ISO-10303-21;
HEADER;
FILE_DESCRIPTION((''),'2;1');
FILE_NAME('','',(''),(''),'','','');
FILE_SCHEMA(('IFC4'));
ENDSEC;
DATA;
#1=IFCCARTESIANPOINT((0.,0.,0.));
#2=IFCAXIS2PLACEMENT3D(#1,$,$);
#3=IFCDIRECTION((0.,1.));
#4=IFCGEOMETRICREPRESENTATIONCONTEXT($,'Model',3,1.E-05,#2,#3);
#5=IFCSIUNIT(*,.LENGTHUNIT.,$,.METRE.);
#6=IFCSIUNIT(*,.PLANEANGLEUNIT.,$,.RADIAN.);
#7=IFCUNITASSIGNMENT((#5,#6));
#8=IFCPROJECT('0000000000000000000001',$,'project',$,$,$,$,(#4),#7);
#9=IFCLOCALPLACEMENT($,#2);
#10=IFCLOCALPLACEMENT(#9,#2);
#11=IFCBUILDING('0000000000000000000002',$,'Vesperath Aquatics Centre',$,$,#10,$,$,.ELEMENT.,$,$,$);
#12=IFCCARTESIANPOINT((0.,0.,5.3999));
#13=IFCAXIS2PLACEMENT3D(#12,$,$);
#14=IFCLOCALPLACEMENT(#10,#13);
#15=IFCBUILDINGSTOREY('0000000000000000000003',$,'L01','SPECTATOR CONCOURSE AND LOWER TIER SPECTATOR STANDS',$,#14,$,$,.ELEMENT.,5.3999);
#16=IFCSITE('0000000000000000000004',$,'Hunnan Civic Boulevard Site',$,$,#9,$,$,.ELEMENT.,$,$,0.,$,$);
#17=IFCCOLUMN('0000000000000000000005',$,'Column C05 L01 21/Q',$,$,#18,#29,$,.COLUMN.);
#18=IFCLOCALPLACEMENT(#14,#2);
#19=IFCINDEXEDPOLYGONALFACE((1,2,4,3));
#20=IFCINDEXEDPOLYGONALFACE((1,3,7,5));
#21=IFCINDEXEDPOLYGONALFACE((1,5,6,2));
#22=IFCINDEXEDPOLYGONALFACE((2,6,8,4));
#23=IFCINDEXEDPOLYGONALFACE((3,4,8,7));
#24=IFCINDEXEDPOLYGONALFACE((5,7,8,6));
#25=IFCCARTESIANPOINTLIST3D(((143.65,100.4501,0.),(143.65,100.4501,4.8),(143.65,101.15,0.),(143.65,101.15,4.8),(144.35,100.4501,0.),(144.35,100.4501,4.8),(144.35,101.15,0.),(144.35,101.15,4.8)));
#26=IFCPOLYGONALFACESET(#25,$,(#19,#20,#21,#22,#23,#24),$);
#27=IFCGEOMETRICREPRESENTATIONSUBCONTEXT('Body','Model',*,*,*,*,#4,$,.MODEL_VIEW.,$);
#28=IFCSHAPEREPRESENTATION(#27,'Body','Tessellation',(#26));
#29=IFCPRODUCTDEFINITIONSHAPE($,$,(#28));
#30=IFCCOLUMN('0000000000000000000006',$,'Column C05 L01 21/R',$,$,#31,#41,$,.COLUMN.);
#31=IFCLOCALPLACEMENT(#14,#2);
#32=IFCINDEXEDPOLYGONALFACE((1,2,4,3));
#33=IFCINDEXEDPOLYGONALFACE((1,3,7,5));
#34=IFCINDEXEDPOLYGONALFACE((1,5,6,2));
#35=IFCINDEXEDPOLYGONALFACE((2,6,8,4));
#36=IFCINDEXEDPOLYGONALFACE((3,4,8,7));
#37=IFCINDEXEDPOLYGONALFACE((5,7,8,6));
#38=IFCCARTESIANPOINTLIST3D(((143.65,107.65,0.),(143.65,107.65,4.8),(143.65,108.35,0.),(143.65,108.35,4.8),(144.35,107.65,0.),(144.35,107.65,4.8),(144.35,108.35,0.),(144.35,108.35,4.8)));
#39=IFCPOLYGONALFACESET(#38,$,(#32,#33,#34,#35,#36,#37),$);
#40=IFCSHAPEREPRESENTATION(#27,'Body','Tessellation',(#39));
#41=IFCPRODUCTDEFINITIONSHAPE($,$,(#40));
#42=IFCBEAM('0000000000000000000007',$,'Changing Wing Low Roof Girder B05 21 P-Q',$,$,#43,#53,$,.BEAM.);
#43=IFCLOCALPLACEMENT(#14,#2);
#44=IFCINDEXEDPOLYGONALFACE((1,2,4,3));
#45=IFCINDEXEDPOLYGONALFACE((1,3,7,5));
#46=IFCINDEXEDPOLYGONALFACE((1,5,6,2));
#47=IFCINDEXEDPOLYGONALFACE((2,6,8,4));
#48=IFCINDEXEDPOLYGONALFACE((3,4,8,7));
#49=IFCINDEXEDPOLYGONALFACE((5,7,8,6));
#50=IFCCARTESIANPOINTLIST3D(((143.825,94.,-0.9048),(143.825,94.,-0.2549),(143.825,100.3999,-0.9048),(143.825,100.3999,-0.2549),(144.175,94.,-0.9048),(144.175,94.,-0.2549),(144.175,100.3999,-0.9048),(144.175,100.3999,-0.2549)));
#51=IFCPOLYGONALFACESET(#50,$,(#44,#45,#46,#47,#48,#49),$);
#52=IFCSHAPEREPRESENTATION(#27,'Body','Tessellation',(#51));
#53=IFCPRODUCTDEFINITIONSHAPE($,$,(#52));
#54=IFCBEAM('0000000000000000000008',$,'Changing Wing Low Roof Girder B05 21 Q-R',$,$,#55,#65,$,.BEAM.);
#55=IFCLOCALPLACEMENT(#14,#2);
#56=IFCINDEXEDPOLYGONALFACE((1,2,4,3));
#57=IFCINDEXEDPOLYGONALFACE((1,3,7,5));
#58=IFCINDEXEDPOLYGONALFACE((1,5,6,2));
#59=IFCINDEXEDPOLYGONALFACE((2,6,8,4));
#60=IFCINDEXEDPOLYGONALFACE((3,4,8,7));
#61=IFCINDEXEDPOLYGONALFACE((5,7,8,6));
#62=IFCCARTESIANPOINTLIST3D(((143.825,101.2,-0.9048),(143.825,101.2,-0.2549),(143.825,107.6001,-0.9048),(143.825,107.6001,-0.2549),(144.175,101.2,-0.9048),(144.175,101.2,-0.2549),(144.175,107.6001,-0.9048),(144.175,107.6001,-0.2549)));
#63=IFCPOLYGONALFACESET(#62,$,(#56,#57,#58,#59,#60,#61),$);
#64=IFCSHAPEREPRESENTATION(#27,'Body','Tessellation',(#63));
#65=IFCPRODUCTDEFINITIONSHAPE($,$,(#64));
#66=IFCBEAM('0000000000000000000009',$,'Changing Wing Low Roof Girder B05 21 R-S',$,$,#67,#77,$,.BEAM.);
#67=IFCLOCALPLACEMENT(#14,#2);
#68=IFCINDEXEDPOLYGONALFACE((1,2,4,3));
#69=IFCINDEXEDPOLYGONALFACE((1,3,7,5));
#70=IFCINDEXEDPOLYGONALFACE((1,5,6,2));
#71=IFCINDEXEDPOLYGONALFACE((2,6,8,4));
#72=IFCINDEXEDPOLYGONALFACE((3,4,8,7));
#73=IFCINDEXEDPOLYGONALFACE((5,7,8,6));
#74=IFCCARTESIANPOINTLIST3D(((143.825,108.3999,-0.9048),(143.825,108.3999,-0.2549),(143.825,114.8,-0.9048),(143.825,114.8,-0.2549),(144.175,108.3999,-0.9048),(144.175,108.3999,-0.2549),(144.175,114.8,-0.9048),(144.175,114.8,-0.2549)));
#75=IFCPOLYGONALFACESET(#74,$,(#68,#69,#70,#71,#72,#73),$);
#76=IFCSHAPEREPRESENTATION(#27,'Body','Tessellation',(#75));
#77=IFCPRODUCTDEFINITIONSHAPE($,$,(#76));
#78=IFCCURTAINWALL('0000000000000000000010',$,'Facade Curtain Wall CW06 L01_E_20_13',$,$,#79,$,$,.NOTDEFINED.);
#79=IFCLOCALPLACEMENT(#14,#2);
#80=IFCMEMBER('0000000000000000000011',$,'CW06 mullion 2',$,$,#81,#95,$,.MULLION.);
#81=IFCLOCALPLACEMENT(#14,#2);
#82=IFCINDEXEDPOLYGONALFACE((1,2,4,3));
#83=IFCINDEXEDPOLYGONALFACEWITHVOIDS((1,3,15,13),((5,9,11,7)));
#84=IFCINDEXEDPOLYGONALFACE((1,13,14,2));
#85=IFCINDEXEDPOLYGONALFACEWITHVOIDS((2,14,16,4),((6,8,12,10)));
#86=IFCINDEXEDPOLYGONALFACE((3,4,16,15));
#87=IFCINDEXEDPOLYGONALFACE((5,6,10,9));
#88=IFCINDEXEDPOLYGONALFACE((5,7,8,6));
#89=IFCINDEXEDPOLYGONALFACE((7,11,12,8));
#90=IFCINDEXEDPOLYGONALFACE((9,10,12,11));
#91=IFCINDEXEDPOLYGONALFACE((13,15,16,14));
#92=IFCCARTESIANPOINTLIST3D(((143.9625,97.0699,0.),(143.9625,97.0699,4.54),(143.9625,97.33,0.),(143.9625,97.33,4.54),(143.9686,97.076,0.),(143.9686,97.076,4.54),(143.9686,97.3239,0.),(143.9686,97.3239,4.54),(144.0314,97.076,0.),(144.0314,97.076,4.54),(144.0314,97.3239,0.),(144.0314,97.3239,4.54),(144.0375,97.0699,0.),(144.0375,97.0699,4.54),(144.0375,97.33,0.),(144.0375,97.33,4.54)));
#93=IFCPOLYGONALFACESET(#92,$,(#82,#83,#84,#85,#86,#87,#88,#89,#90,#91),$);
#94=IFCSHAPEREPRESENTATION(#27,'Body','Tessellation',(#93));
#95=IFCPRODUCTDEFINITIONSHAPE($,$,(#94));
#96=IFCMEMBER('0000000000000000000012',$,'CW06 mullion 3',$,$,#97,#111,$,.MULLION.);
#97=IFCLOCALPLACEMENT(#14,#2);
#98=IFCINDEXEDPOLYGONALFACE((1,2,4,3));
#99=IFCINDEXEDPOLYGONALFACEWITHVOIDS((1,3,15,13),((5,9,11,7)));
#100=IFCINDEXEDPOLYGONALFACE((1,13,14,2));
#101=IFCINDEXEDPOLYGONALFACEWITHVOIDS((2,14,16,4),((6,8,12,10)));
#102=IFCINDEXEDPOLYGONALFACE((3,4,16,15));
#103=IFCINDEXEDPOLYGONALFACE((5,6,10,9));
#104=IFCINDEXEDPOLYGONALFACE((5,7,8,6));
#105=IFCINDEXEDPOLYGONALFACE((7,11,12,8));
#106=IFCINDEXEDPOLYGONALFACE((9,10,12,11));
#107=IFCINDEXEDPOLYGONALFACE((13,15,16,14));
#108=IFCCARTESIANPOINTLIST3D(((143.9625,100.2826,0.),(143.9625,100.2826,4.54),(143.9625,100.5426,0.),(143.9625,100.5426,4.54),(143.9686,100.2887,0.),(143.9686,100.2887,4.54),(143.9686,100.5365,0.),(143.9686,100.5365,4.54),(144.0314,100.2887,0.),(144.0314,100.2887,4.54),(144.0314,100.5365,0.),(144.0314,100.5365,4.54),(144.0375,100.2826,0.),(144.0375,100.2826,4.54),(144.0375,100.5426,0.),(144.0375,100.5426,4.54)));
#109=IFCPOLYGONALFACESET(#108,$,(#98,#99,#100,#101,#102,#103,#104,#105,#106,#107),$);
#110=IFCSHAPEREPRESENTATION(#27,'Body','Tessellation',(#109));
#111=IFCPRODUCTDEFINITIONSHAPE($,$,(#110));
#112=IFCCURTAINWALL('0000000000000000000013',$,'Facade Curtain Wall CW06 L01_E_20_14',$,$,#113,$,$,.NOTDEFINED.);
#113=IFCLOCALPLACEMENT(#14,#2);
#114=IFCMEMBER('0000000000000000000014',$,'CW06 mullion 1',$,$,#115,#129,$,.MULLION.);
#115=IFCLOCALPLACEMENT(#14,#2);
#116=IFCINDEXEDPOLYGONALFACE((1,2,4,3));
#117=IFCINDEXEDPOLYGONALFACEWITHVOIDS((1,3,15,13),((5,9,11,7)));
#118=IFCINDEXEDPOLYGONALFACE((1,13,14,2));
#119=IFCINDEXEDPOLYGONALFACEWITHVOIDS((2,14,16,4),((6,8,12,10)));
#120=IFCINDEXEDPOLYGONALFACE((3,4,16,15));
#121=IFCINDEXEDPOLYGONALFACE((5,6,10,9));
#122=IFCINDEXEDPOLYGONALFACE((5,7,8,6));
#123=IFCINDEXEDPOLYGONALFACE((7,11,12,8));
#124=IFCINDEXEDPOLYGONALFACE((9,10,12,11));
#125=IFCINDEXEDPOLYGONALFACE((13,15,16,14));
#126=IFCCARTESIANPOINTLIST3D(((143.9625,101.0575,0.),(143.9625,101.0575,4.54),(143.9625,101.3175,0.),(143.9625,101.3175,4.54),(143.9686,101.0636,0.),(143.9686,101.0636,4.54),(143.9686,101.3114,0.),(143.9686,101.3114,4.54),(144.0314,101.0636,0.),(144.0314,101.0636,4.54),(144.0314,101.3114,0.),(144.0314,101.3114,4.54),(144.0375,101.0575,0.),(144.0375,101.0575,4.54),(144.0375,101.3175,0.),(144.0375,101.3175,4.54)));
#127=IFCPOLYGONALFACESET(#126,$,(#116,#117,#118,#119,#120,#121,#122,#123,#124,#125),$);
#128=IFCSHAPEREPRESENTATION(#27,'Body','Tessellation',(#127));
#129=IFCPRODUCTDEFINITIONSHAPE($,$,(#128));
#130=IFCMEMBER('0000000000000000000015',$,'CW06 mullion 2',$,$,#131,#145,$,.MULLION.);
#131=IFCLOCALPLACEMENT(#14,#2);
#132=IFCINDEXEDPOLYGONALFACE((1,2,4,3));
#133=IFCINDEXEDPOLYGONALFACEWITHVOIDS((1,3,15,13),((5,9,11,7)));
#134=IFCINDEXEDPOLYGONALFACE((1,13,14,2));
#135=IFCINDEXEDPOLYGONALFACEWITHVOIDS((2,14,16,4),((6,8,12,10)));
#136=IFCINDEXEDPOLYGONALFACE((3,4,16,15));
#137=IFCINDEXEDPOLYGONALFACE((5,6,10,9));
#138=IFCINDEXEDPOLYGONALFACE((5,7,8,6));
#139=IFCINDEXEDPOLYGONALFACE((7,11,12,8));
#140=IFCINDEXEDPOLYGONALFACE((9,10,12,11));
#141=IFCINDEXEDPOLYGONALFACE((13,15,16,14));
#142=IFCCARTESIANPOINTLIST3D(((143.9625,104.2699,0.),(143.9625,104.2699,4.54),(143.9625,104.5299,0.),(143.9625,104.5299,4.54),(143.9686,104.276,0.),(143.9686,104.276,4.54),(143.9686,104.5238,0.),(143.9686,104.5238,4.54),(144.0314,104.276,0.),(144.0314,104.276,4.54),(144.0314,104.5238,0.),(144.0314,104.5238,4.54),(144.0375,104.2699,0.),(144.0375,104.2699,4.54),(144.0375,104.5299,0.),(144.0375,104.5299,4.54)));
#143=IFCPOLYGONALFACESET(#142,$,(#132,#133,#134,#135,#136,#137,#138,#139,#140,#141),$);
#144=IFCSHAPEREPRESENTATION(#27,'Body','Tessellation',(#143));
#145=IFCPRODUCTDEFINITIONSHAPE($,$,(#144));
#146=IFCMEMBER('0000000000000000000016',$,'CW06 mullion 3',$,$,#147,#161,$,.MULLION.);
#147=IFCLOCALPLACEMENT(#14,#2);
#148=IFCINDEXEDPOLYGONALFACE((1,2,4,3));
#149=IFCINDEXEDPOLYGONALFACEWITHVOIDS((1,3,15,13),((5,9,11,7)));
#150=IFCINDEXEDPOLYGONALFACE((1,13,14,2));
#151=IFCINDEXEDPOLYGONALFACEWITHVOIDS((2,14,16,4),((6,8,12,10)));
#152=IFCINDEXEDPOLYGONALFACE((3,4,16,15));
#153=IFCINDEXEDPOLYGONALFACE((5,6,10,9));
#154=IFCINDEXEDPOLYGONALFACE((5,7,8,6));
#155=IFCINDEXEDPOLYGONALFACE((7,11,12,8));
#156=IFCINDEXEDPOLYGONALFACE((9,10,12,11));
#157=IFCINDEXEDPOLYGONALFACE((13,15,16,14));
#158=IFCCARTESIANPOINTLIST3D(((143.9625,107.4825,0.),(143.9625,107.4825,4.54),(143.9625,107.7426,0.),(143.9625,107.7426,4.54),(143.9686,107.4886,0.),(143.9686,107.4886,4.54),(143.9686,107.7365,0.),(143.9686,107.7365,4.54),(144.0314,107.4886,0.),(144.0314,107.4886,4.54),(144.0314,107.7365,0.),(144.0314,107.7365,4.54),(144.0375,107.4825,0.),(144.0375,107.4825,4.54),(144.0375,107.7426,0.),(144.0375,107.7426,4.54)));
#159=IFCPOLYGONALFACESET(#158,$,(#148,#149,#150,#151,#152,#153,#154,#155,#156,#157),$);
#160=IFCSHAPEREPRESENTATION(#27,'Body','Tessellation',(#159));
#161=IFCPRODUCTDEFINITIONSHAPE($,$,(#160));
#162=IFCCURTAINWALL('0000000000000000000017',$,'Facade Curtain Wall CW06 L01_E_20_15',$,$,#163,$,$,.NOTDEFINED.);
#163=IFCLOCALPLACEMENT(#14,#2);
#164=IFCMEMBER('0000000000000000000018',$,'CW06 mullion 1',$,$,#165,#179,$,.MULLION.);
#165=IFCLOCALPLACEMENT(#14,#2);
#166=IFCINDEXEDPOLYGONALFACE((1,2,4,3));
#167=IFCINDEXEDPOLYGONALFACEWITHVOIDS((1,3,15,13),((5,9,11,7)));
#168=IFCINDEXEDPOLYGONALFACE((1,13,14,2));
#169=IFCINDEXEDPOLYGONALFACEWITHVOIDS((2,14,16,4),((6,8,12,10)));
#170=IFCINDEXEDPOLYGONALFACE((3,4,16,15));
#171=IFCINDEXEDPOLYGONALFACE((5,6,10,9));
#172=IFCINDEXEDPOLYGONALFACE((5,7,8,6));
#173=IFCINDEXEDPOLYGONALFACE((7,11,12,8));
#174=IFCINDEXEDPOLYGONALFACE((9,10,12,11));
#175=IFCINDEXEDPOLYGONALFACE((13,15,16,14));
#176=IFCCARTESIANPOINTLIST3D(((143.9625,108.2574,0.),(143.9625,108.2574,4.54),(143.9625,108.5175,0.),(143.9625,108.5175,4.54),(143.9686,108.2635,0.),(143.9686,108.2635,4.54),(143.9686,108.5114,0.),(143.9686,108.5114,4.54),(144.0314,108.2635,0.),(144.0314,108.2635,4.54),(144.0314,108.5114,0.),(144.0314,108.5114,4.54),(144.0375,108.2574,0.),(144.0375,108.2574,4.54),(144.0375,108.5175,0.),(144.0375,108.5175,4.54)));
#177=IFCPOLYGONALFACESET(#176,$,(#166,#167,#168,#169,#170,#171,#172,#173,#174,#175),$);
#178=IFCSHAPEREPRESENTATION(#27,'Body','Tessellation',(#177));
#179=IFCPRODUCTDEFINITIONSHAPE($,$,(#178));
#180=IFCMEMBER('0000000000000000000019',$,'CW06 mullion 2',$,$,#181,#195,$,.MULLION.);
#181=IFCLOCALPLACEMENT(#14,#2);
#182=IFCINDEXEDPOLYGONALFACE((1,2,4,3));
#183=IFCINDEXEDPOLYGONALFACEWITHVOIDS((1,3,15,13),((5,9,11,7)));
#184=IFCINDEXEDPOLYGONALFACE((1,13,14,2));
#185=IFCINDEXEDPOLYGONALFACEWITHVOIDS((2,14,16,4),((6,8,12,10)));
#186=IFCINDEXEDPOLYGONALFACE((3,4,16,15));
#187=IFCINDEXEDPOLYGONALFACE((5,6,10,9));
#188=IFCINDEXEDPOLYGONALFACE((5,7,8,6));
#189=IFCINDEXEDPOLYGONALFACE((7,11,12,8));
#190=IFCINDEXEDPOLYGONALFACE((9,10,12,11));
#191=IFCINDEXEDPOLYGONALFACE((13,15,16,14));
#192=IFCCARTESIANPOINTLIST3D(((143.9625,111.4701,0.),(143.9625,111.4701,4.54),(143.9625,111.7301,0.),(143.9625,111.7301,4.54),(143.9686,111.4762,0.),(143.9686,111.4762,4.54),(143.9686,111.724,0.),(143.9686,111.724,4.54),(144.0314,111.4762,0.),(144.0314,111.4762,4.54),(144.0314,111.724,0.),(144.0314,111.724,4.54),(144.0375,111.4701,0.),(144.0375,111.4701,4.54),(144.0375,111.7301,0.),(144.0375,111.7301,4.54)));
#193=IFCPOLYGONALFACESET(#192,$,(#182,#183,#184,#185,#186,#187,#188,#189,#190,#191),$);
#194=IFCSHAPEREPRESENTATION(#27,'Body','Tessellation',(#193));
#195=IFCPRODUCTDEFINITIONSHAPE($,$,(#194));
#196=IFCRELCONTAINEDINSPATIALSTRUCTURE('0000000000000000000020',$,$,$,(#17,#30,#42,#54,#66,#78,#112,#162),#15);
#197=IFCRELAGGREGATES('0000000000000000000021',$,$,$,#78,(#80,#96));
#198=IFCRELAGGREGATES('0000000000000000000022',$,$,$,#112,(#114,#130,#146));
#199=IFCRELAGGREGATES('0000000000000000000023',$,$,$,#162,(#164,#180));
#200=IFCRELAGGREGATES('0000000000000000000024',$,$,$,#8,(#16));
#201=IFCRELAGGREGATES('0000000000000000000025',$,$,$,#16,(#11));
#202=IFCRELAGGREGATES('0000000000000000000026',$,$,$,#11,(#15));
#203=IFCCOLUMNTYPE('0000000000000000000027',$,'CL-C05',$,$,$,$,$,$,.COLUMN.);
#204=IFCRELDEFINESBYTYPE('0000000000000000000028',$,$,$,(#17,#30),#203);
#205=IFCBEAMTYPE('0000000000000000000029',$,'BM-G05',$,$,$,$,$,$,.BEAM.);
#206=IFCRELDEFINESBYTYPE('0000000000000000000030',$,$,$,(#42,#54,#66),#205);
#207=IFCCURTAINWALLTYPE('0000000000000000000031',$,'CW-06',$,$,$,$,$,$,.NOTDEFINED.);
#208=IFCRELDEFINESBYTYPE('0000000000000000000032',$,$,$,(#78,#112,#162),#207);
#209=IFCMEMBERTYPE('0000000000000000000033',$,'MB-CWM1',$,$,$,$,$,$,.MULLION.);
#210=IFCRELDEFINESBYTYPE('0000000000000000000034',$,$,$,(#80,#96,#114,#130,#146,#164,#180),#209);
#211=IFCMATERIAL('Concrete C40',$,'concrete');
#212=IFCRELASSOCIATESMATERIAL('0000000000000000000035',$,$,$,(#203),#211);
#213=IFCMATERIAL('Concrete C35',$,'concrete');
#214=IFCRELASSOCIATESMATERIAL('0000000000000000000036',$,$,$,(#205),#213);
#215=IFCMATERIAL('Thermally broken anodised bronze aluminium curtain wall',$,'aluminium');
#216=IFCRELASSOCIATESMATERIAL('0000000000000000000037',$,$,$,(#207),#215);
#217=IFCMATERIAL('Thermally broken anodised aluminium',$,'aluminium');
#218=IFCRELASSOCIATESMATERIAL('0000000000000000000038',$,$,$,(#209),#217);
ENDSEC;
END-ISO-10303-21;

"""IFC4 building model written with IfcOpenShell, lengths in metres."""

from ifc_helpers import new_model, si_unit, direction, frame, origin, origin_2d, place, context, subcontext, project, spatial, rectangle, hollow_rectangle, extrude, material, material_profile, profile_set, type_object, element, aggregate, save


model = new_model("IFC4")

# Units and contexts
model_context = context("Model", 3, precision=1e-05, world=origin(), true_north=direction((0.0, 1.0)))
body_context = subcontext(model_context, "Body", "Model", "MODEL_VIEW")
ifc_project = project(units=[si_unit("LENGTHUNIT", "METRE"), si_unit("PLANEANGLEUNIT", "RADIAN")], contexts=[model_context])

# Site, building, storey
site_placement = place(None, origin())
site = spatial("IfcSite", under=ifc_project, at=site_placement, Name="Hunnan Civic Boulevard Site", CompositionType="ELEMENT", RefElevation=0.0)
building_placement = place(site_placement, origin())
building = spatial("IfcBuilding", under=site, at=building_placement, Name="Vesperath Aquatics Centre", CompositionType="ELEMENT")
storey_placement = place(building_placement, frame((0.0, 0.0, 5.3999)))
storey = spatial("IfcBuildingStorey", under=building, at=storey_placement, Name="L01", Description="SPECTATOR CONCOURSE AND LOWER TIER SPECTATOR STANDS", CompositionType="ELEMENT", Elevation=5.3999)

# Columns
ifc_material_1 = material(Name="Concrete C40", Category="concrete")
ifc_material_profile_1 = material_profile(ifc_material_1, rectangle(XDim=0.7, YDim=0.7, at=origin_2d()), Name="RC 700x700")
ifc_profile_set_1 = profile_set([ifc_material_profile_1], Name="Concrete C40")
column_type = type_object("IfcColumnType", Name="CL-C05", PredefinedType="COLUMN", material=ifc_profile_set_1)
for number, where, z_axis, x_axis, name in (
    (1, (144.0, 100.8, 0.0), (0.0, 0.0, 1.0), (1.0, 0.0, 0.0), "Column C05 L01 21/Q"),
    (2, (144.0, 108.0, 0.0), (0.0, 0.0, 1.0), (1.0, 0.0, 0.0), "Column C05 L01 21/R"),
):
    element("IfcColumn", number, at=place(storey_placement, frame(where, z_axis=z_axis, x_axis=x_axis)), inside=storey, type_object=column_type, Name=name, PredefinedType="COLUMN", context=body_context, shape_type="SweptSolid", body=[
        extrude(rectangle(XDim=0.7, YDim=0.7, at=origin_2d()), origin(), (0.0, 0.0, 1.0), 4.8),
    ])

# Beams
ifc_material_2 = material(Name="Concrete C35", Category="concrete")
ifc_material_profile_2 = material_profile(ifc_material_2, rectangle(XDim=0.3501, YDim=0.6499, at=origin_2d()), Name="RC 350x650")
ifc_profile_set_2 = profile_set([ifc_material_profile_2], Name="Concrete C35")
beam_type = type_object("IfcBeamType", Name="BM-G05", PredefinedType="BEAM", material=ifc_profile_set_2)
beam_placement = place(storey_placement, frame((144.0, 94.0, -0.5798), z_axis=(0.0, 1.0, 0.0), x_axis=(-1.0, 0.0, 0.0)))
element("IfcBeam", 3, at=beam_placement, inside=storey, type_object=beam_type, Name="Changing Wing Low Roof Girder B05 21 P-Q", PredefinedType="BEAM", context=body_context, shape_type="SweptSolid", body=[
    extrude(rectangle(XDim=0.3501, YDim=0.6499, at=origin_2d()), origin(), (0.0, 0.0, 1.0), 6.3999),
])
for number, where, z_axis, x_axis, name in (
    (4, (144.0, 101.2, -0.5798), (0.0, 1.0, 0.0), (-1.0, 0.0, 0.0), "Changing Wing Low Roof Girder B05 21 Q-R"),
    (5, (144.0, 108.3999, -0.5798), (0.0, 1.0, 0.0), (-1.0, 0.0, 0.0), "Changing Wing Low Roof Girder B05 21 R-S"),
):
    element("IfcBeam", number, at=place(storey_placement, frame(where, z_axis=z_axis, x_axis=x_axis)), inside=storey, type_object=beam_type, Name=name, PredefinedType="BEAM", context=body_context, shape_type="SweptSolid", body=[
        extrude(rectangle(XDim=0.3501, YDim=0.6499, at=origin_2d()), origin(), (0.0, 0.0, 1.0), 6.4001),
    ])

# Curtain walls, members
ifc_material_3 = material(Name="Thermally broken anodised bronze aluminium curtain wall", Category="aluminium")
curtain_wall_type = type_object("IfcCurtainWallType", Name="CW-06", PredefinedType="NOTDEFINED", material=ifc_material_3)
curtain_wall_1_placement = place(storey_placement, origin())
curtain_wall_1 = element("IfcCurtainWall", 6, at=curtain_wall_1_placement, inside=storey, type_object=curtain_wall_type, Name="Facade Curtain Wall CW06 L01_E_20_13", PredefinedType="NOTDEFINED")
ifc_material_4 = material(Name="Thermally broken anodised aluminium", Category="aluminium")
ifc_material_profile_3 = material_profile(ifc_material_4, hollow_rectangle(XDim=0.075, YDim=0.26, WallThickness=0.0061, at=origin_2d()), Name="CWM 75x260x6")
ifc_profile_set_3 = profile_set([ifc_material_profile_3], Name="Thermally broken anodised aluminium")
member_type_1 = type_object("IfcMemberType", Name="MB-CWM1", PredefinedType="MULLION", material=ifc_profile_set_3)
member_1_placement = place(storey_placement, frame((144.0, 97.2, 0.0), z_axis=(0.0, 0.0, 1.0), x_axis=(-1.0, 0.0, 0.0)))
member_1 = element("IfcMember", 7, at=member_1_placement, type_object=member_type_1, Name="CW06 mullion 2", PredefinedType="MULLION", context=body_context, shape_type="SweptSolid", body=[
    extrude(hollow_rectangle(XDim=0.075, YDim=0.26, WallThickness=0.0061, at=origin_2d()), origin(), (0.0, 0.0, 1.0), 4.54),
])
member_2_placement = place(storey_placement, frame((144.0, 100.4126, 0.0), z_axis=(0.0, 0.0, 1.0), x_axis=(-1.0, 0.0, 0.0)))
member_2 = element("IfcMember", 8, at=member_2_placement, type_object=member_type_1, Name="CW06 mullion 3", PredefinedType="MULLION", context=body_context, shape_type="SweptSolid", body=[
    extrude(hollow_rectangle(XDim=0.075, YDim=0.26, WallThickness=0.0061, at=origin_2d()), origin(), (0.0, 0.0, 1.0), 4.54),
])
curtain_wall_2_placement = place(storey_placement, origin())
curtain_wall_2 = element("IfcCurtainWall", 9, at=curtain_wall_2_placement, inside=storey, type_object=curtain_wall_type, Name="Facade Curtain Wall CW06 L01_E_20_14", PredefinedType="NOTDEFINED")
member_3_placement = place(storey_placement, frame((144.0, 101.1875, 0.0), z_axis=(0.0, 0.0, 1.0), x_axis=(-1.0, 0.0, 0.0)))
member_3 = element("IfcMember", 10, at=member_3_placement, type_object=member_type_1, Name="CW06 mullion 1", PredefinedType="MULLION", context=body_context, shape_type="SweptSolid", body=[
    extrude(hollow_rectangle(XDim=0.075, YDim=0.26, WallThickness=0.0061, at=origin_2d()), origin(), (0.0, 0.0, 1.0), 4.54),
])
member_4_placement = place(storey_placement, frame((144.0, 104.3999, 0.0), z_axis=(0.0, 0.0, 1.0), x_axis=(-1.0, 0.0, 0.0)))
member_4 = element("IfcMember", 11, at=member_4_placement, type_object=member_type_1, Name="CW06 mullion 2", PredefinedType="MULLION", context=body_context, shape_type="SweptSolid", body=[
    extrude(hollow_rectangle(XDim=0.075, YDim=0.26, WallThickness=0.0061, at=origin_2d()), origin(), (0.0, 0.0, 1.0), 4.54),
])
member_5_placement = place(storey_placement, frame((144.0, 107.6125, 0.0), z_axis=(0.0, 0.0, 1.0), x_axis=(-1.0, 0.0, 0.0)))
member_5 = element("IfcMember", 12, at=member_5_placement, type_object=member_type_1, Name="CW06 mullion 3", PredefinedType="MULLION", context=body_context, shape_type="SweptSolid", body=[
    extrude(hollow_rectangle(XDim=0.075, YDim=0.26, WallThickness=0.0061, at=origin_2d()), origin(), (0.0, 0.0, 1.0), 4.54),
])
curtain_wall_3_placement = place(storey_placement, origin())
curtain_wall_3 = element("IfcCurtainWall", 13, at=curtain_wall_3_placement, inside=storey, type_object=curtain_wall_type, Name="Facade Curtain Wall CW06 L01_E_20_15", PredefinedType="NOTDEFINED")
member_6_placement = place(storey_placement, frame((144.0, 108.3875, 0.0), z_axis=(0.0, 0.0, 1.0), x_axis=(-1.0, 0.0, 0.0)))
member_6 = element("IfcMember", 14, at=member_6_placement, type_object=member_type_1, Name="CW06 mullion 1", PredefinedType="MULLION", context=body_context, shape_type="SweptSolid", body=[
    extrude(hollow_rectangle(XDim=0.075, YDim=0.26, WallThickness=0.0061, at=origin_2d()), origin(), (0.0, 0.0, 1.0), 4.54),
])
member_7_placement = place(storey_placement, frame((144.0, 111.6001, 0.0), z_axis=(0.0, 0.0, 1.0), x_axis=(-1.0, 0.0, 0.0)))
member_7 = element("IfcMember", 15, at=member_7_placement, type_object=member_type_1, Name="CW06 mullion 2", PredefinedType="MULLION", context=body_context, shape_type="SweptSolid", body=[
    extrude(hollow_rectangle(XDim=0.075, YDim=0.26, WallThickness=0.0061, at=origin_2d()), origin(), (0.0, 0.0, 1.0), 4.54),
])

aggregate(curtain_wall_1, [member_1, member_2])
aggregate(curtain_wall_2, [member_3, member_4, member_5])
aggregate(curtain_wall_3, [member_6, member_7])

save(model, "model.ifc")
